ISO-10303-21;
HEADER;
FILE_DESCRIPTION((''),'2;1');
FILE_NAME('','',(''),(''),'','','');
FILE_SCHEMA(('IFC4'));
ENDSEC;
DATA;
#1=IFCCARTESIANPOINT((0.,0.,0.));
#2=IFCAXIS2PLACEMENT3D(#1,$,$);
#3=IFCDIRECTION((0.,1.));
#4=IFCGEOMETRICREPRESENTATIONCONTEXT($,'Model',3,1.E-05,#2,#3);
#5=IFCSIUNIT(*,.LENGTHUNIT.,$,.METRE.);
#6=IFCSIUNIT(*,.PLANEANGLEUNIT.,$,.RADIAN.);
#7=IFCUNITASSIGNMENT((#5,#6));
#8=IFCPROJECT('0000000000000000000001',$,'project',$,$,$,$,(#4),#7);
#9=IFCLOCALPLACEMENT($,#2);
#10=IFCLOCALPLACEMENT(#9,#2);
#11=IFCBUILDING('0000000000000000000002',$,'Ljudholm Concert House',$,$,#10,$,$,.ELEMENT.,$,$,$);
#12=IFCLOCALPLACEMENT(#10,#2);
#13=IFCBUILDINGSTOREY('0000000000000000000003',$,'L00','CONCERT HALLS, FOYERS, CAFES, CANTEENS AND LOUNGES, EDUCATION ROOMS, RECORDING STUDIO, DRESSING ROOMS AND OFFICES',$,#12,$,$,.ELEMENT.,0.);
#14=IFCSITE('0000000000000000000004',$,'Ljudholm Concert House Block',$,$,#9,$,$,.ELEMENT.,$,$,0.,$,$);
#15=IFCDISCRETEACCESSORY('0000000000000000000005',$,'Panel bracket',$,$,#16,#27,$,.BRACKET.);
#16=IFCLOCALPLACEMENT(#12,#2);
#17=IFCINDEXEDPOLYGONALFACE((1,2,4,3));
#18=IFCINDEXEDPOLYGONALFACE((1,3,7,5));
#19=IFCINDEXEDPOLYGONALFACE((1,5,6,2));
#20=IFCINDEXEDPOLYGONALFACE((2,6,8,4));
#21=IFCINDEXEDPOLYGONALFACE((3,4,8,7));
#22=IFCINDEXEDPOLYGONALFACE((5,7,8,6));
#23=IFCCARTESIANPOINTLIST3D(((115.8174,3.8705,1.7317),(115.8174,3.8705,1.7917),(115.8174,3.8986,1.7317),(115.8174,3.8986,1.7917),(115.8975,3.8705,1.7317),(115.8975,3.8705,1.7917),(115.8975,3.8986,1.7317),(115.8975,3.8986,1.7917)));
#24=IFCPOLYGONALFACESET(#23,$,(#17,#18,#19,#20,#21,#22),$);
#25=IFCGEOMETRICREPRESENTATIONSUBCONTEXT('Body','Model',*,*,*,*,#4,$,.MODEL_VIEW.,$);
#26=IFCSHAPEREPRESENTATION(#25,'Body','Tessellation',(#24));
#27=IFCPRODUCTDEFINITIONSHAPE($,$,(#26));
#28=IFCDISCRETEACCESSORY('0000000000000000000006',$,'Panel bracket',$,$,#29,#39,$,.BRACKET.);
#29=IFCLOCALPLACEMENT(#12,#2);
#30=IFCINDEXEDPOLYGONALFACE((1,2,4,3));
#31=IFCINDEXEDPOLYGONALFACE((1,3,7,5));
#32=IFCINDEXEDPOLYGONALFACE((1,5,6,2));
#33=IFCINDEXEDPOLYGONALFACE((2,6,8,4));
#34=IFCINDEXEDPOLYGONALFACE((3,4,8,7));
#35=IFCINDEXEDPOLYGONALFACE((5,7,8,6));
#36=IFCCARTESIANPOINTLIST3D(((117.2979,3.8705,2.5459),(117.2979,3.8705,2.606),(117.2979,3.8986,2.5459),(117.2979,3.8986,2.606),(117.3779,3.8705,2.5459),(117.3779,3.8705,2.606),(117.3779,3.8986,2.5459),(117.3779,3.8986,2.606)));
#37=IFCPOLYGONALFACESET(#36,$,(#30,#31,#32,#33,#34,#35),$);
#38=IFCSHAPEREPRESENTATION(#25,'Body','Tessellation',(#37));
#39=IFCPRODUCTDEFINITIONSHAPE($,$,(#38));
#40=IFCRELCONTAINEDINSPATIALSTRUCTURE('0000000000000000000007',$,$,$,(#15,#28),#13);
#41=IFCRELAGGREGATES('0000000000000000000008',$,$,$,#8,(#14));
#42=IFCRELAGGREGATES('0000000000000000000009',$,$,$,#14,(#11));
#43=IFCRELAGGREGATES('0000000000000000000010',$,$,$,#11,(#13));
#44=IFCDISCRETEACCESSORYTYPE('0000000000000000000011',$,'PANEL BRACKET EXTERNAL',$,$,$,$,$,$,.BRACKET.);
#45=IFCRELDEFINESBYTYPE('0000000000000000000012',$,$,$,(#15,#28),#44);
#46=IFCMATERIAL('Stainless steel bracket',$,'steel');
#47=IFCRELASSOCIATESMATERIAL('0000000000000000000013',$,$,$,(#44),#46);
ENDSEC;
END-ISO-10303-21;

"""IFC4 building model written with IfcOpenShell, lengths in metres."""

from ifc_helpers import new_model, si_unit, direction, frame, origin, origin_2d, place, context, subcontext, project, spatial, rectangle, extrude, material, type_object, element, save


model = new_model("IFC4")

# Units and contexts
model_context = context("Model", 3, precision=1e-05, world=origin(), true_north=direction((0.0, 1.0)))
body_context = subcontext(model_context, "Body", "Model", "MODEL_VIEW")
ifc_project = project(units=[si_unit("LENGTHUNIT", "METRE"), si_unit("PLANEANGLEUNIT", "RADIAN")], contexts=[model_context])

# Site, building, storey
site_placement = place(None, origin())
site = spatial("IfcSite", under=ifc_project, at=site_placement, Name="Ljudholm Concert House Block", CompositionType="ELEMENT", RefElevation=0.0)
building_placement = place(site_placement, origin())
building = spatial("IfcBuilding", under=site, at=building_placement, Name="Ljudholm Concert House", CompositionType="ELEMENT")
storey_placement = place(building_placement, origin())
storey = spatial("IfcBuildingStorey", under=building, at=storey_placement, Name="L00", Description="CONCERT HALLS, FOYERS, CAFES, CANTEENS AND LOUNGES, EDUCATION ROOMS, RECORDING STUDIO, DRESSING ROOMS AND OFFICES", CompositionType="ELEMENT", Elevation=0.0)

# Discrete accessories
ifc_material_1 = material(Name="Stainless steel bracket", Category="steel")
discrete_accessory_type = type_object("IfcDiscreteAccessoryType", Name="PANEL BRACKET EXTERNAL", PredefinedType="BRACKET", material=ifc_material_1)
for number, where, z_axis, x_axis, name in (
    (1, (115.8574, 3.8845, 1.7317), (0.0, 0.0, 1.0), (0.0, -1.0, 0.0), "Panel bracket"),
    (2, (117.3379, 3.8845, 2.5459), (0.0, 0.0, 1.0), (0.0, -1.0, 0.0), "Panel bracket"),
):
    element("IfcDiscreteAccessory", number, at=place(storey_placement, frame(where, z_axis=z_axis, x_axis=x_axis)), inside=storey, type_object=discrete_accessory_type, Name=name, PredefinedType="BRACKET", context=body_context, shape_type="SweptSolid", body=[
        extrude(rectangle(XDim=0.0281, YDim=0.0801, at=origin_2d()), origin(), (0.0, 0.0, 1.0), 0.0601),
    ])

save(model, "model.ifc")
